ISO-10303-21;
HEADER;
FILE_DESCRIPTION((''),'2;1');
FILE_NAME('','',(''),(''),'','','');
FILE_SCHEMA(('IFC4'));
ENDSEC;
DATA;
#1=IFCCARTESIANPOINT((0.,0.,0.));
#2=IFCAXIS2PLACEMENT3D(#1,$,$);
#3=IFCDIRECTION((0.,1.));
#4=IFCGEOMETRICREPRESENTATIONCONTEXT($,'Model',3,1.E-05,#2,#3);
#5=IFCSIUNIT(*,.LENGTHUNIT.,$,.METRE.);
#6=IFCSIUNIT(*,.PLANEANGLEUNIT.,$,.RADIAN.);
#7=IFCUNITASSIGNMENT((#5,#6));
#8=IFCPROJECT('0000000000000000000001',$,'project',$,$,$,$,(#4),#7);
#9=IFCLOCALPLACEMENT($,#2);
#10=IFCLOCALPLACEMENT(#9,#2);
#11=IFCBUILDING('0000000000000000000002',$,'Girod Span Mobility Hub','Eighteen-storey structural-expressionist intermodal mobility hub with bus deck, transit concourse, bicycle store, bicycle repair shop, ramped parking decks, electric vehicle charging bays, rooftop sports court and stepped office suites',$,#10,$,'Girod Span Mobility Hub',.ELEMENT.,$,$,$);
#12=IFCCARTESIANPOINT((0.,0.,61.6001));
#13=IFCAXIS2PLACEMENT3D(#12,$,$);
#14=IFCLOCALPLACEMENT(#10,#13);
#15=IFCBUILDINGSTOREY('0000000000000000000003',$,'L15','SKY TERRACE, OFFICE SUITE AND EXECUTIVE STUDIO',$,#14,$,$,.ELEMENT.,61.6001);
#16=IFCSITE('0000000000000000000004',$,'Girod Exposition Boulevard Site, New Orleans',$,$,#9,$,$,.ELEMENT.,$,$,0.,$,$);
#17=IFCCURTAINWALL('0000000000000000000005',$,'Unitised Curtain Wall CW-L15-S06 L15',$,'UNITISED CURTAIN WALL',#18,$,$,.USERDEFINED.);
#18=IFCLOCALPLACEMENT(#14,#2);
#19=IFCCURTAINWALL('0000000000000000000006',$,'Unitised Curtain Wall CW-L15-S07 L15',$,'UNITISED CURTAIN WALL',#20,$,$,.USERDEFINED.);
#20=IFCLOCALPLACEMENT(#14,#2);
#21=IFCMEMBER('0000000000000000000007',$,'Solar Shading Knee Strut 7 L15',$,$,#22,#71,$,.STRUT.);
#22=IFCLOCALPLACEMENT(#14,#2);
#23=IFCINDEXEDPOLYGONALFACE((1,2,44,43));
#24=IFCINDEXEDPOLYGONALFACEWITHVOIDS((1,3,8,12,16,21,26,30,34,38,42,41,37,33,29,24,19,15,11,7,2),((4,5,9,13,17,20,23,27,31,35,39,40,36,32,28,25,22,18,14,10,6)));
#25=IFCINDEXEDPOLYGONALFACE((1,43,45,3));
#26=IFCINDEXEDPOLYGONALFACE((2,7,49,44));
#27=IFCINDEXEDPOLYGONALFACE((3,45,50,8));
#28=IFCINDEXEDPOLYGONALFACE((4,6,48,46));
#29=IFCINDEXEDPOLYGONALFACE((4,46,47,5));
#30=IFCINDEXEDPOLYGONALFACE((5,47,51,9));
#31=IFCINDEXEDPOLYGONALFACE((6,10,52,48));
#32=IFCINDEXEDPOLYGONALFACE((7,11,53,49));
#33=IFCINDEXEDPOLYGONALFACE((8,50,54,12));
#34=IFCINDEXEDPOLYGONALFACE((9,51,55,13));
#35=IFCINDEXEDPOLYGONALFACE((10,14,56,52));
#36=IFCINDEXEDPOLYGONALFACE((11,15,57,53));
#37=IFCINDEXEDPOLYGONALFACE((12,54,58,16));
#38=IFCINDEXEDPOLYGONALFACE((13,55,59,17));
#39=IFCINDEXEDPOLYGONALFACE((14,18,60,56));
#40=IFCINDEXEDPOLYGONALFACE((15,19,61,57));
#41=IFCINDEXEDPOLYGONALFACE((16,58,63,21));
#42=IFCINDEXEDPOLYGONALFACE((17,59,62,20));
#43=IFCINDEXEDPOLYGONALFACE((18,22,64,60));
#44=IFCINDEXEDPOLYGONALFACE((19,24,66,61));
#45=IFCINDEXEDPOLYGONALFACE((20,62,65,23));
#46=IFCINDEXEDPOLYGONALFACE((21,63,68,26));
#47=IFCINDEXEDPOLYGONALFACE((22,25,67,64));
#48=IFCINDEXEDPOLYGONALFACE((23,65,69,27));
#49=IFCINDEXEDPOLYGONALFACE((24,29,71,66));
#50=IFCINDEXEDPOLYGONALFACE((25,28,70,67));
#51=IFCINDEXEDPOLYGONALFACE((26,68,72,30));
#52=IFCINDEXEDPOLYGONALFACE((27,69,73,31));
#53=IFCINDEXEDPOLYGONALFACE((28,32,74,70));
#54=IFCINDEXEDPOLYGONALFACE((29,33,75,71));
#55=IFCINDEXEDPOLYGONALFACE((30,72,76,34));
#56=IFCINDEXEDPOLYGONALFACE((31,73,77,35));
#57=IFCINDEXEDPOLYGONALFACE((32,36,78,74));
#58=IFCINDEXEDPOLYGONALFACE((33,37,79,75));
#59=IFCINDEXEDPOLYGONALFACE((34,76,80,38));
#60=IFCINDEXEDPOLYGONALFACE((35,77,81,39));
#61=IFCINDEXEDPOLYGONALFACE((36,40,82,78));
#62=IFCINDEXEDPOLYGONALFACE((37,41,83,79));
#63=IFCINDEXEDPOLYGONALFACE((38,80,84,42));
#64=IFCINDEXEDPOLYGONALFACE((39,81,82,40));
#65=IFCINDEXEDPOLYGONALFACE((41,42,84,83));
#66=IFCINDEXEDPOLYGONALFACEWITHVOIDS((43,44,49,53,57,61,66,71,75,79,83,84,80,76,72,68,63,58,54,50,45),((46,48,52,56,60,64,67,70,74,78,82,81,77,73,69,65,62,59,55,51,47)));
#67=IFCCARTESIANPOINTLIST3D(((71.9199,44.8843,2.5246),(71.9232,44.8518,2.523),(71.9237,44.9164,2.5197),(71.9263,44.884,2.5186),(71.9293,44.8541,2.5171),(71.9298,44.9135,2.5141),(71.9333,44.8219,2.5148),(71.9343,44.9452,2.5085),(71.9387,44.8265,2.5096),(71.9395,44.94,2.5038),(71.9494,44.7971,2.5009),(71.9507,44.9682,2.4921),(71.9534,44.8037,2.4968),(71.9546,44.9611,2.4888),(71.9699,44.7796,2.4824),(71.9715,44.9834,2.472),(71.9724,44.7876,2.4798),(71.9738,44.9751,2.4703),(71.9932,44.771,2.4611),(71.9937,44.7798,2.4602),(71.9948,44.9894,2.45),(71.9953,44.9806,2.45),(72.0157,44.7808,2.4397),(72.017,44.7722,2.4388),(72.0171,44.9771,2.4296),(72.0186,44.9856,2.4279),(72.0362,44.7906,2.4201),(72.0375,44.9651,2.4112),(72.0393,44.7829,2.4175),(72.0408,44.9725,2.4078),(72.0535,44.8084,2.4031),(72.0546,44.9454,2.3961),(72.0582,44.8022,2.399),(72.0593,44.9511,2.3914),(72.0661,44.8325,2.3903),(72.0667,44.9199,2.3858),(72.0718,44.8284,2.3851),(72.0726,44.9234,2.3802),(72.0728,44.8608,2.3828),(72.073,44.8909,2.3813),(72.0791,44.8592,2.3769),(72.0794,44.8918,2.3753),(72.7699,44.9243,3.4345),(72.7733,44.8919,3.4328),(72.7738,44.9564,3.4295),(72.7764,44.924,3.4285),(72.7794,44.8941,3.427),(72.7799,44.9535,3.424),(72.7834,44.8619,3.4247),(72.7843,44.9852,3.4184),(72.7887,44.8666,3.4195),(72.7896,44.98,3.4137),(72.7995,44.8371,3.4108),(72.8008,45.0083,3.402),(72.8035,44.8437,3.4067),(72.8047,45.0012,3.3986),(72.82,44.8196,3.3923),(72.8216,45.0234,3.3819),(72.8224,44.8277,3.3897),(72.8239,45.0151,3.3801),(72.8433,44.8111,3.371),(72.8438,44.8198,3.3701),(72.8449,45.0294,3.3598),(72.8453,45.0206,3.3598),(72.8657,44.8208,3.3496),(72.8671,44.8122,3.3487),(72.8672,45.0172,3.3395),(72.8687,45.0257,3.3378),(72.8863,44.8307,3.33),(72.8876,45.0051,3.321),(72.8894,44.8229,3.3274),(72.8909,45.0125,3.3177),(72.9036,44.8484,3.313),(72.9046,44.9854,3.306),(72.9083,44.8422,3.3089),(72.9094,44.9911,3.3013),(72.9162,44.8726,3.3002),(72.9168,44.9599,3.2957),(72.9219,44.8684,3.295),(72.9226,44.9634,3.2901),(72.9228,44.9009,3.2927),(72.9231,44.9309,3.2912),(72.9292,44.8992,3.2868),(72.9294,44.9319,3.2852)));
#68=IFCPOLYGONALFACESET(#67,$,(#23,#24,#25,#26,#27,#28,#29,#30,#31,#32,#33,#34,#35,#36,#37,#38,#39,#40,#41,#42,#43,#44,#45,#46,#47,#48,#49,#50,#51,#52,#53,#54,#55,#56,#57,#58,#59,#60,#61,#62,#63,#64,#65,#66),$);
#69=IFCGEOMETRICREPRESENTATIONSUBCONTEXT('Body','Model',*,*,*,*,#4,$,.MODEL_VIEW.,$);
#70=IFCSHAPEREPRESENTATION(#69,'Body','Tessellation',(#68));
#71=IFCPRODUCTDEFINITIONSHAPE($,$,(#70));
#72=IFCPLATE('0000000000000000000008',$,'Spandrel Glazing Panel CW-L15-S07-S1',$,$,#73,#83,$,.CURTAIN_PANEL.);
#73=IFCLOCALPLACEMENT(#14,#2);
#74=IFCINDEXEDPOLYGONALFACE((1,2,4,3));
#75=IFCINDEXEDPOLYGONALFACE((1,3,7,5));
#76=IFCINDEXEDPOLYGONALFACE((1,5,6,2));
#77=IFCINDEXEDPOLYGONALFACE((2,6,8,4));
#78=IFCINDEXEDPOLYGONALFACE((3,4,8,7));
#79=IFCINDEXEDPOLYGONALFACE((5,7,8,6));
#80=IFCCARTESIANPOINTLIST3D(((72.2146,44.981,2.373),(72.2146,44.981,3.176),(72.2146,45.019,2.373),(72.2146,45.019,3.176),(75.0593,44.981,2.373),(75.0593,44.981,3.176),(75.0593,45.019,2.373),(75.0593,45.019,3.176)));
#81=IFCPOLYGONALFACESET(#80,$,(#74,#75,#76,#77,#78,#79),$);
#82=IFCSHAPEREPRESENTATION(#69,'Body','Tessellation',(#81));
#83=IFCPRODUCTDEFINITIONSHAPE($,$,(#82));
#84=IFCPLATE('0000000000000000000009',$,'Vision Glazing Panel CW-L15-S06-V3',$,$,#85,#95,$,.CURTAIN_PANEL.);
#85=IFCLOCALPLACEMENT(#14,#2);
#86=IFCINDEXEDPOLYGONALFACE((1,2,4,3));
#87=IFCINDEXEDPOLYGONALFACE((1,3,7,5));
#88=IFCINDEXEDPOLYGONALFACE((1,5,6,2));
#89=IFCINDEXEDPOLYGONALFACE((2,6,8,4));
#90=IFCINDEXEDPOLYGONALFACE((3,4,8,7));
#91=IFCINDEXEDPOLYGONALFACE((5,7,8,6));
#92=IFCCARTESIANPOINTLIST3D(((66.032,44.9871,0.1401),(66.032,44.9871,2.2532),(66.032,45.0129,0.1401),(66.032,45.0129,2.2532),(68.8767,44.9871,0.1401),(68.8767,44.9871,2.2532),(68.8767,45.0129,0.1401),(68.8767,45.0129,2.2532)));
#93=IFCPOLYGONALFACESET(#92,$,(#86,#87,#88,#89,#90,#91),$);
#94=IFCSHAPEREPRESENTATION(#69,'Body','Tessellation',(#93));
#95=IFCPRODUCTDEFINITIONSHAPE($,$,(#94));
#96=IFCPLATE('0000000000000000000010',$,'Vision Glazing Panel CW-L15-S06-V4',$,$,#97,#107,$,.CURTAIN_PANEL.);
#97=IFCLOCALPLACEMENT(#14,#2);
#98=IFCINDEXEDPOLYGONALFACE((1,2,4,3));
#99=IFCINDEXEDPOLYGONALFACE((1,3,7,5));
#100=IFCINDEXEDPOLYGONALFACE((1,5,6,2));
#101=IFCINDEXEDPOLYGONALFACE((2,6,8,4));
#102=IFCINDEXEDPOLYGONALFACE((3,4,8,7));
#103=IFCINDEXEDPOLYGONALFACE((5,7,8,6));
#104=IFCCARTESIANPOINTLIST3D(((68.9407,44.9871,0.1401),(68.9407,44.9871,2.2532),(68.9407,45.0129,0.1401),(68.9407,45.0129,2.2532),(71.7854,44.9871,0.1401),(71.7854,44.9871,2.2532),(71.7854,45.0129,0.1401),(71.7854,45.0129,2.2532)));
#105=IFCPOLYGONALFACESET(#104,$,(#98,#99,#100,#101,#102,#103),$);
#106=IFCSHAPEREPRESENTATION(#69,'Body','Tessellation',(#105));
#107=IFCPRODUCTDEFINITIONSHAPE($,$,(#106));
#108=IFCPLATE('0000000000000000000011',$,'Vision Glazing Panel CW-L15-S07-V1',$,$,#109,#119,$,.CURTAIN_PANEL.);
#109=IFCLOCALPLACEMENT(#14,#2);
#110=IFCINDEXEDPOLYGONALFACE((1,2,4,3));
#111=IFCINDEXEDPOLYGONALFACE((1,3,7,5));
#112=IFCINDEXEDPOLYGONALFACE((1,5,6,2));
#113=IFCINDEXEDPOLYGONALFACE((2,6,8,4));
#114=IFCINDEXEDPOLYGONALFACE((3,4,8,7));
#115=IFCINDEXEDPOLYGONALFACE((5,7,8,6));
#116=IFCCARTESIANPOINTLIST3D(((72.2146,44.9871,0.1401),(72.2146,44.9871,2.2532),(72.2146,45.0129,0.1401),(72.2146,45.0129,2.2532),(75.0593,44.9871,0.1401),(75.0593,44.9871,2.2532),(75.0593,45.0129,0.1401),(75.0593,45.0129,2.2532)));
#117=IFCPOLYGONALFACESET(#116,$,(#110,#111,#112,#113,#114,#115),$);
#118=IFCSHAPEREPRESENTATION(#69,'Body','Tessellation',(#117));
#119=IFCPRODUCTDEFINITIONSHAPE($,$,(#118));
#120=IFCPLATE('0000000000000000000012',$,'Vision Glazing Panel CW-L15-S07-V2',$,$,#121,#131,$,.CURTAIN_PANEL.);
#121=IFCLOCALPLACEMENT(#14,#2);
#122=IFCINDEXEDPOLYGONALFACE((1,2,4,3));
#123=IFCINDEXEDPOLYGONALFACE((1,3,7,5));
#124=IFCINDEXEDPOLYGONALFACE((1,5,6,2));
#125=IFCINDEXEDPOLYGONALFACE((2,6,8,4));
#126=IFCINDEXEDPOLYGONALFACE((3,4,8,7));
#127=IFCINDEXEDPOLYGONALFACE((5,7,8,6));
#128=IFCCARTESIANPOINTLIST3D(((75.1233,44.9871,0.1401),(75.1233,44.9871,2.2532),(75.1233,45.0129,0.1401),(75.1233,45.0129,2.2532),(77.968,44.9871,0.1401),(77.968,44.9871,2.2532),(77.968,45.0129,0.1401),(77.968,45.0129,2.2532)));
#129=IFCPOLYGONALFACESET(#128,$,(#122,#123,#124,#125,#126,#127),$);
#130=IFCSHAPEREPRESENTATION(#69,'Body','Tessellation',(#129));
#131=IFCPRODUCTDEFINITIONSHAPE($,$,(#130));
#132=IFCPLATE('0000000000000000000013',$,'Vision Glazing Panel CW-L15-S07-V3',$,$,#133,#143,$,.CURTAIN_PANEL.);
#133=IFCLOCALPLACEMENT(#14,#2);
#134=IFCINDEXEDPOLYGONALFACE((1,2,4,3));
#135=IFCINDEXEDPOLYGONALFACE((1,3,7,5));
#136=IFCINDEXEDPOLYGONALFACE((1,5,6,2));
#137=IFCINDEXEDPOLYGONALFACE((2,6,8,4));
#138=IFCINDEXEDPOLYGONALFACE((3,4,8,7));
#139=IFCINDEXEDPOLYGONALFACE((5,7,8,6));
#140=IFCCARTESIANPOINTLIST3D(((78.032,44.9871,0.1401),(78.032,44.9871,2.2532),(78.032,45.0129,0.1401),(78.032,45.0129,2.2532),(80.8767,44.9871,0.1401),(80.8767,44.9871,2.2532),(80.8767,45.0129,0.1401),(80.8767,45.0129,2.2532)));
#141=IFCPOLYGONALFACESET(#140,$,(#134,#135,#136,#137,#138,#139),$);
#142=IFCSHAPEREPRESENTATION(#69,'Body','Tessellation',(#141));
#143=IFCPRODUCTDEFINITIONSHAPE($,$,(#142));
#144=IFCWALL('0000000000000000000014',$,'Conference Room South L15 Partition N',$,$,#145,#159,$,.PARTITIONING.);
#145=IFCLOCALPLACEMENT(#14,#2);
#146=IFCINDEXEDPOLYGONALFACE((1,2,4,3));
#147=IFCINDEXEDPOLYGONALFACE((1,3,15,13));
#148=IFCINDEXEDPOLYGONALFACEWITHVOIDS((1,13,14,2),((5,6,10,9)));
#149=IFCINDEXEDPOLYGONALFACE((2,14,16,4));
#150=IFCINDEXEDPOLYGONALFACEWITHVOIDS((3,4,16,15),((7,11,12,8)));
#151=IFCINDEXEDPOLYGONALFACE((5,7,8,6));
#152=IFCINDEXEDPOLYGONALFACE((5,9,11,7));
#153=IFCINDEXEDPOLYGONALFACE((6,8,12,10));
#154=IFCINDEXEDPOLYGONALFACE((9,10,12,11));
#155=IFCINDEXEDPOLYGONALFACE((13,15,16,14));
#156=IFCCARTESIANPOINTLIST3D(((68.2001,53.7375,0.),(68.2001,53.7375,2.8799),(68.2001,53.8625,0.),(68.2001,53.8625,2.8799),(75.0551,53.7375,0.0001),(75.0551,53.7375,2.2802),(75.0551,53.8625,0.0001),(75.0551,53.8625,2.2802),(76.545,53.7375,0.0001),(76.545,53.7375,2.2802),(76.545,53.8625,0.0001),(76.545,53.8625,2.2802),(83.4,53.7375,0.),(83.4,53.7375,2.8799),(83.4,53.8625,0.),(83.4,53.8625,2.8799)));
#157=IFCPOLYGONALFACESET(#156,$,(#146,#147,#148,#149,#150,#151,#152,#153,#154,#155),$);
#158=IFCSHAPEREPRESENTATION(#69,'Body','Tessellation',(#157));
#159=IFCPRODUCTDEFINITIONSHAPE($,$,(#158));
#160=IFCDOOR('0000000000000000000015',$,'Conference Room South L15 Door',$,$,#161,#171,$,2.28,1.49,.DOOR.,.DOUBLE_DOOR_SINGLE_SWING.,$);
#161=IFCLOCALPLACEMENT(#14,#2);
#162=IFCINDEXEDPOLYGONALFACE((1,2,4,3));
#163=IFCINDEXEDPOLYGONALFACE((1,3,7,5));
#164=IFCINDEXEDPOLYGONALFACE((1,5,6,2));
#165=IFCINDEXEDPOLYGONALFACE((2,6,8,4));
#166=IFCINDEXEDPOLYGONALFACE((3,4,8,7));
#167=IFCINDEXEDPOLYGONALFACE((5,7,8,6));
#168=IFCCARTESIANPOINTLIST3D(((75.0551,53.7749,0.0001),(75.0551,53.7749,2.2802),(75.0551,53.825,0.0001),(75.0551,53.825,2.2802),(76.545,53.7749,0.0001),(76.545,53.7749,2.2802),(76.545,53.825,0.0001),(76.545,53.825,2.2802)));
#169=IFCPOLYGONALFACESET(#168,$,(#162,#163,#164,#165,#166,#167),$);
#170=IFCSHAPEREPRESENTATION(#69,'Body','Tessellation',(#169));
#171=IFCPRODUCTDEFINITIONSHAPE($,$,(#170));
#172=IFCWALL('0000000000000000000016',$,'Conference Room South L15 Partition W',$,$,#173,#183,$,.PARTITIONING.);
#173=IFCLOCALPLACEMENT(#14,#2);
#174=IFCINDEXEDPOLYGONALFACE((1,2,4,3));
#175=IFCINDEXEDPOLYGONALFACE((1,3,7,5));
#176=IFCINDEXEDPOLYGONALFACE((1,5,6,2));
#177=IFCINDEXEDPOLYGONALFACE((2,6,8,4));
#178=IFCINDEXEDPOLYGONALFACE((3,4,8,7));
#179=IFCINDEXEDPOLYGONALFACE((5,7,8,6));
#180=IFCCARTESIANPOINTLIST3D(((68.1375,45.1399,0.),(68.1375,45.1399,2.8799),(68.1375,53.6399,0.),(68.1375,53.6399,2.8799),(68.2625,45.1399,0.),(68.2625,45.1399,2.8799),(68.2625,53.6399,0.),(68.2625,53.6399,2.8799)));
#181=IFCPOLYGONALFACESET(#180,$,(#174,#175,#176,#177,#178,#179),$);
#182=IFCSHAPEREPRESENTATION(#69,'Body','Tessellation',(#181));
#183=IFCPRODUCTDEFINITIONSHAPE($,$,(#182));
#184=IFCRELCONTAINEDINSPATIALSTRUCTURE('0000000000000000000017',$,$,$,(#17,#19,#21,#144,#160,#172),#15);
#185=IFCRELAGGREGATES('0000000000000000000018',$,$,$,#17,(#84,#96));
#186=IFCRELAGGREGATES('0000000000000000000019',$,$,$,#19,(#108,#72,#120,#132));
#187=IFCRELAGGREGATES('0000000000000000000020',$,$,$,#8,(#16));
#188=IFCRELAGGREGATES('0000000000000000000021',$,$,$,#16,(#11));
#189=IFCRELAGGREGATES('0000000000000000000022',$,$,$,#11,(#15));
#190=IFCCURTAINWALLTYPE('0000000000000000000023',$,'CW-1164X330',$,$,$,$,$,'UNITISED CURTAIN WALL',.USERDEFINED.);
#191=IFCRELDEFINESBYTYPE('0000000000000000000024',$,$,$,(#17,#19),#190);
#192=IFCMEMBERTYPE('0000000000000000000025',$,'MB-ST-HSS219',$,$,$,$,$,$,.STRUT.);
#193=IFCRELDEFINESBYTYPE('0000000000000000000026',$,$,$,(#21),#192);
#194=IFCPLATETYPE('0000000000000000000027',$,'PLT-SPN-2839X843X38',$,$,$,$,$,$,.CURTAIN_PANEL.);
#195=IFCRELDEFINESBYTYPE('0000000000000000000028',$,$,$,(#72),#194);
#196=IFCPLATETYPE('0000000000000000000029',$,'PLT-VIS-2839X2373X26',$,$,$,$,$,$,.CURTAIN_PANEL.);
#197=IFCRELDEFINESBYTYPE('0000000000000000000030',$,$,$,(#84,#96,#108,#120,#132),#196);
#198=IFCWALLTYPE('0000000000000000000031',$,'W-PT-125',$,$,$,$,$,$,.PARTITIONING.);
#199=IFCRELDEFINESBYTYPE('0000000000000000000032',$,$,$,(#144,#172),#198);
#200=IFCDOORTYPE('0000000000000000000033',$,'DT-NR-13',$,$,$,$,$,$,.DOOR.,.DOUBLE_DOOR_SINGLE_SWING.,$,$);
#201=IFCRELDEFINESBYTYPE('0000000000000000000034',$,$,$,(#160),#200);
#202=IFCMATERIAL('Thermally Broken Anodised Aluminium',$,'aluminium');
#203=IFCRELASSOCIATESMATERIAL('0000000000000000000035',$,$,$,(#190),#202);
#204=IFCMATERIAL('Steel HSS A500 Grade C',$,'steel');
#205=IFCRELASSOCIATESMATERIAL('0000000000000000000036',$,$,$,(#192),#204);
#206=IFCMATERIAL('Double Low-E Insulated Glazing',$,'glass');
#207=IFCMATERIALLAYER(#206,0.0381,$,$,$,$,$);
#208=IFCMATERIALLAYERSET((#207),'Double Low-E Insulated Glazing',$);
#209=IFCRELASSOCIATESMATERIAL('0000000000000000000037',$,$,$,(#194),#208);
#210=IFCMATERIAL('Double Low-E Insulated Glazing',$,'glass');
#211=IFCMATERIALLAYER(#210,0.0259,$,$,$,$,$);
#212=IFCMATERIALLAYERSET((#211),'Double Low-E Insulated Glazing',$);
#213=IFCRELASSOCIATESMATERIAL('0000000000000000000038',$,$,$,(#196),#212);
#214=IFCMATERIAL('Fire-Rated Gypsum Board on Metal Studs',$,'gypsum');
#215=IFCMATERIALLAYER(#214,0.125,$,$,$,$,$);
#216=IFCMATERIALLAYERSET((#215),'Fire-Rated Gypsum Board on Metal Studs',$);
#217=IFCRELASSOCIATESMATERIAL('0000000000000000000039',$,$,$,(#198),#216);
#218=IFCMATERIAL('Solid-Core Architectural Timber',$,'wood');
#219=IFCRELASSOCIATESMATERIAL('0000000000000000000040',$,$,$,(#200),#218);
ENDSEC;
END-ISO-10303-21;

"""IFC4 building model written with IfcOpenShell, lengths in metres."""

from ifc_helpers import new_model, si_unit, direction, frame, frame_2d, origin, origin_2d, place, context, subcontext, project, spatial, rectangle, hollow_circle, extrude, material, layer, layer_set, material_profile, profile_set, type_object, element, fill, aggregate, save


model = new_model("IFC4")

# Units and contexts
model_context = context("Model", 3, precision=1e-05, world=origin(), true_north=direction((0.0, 1.0)))
body_context = subcontext(model_context, "Body", "Model", "MODEL_VIEW")
ifc_project = project(units=[si_unit("LENGTHUNIT", "METRE"), si_unit("PLANEANGLEUNIT", "RADIAN")], contexts=[model_context])

# Site, building, storey
site_placement = place(None, origin())
site = spatial("IfcSite", under=ifc_project, at=site_placement, Name="Girod Exposition Boulevard Site, New Orleans", CompositionType="ELEMENT", RefElevation=0.0)
building_placement = place(site_placement, origin())
building = spatial("IfcBuilding", under=site, at=building_placement, Name="Girod Span Mobility Hub", Description="Eighteen-storey structural-expressionist intermodal mobility hub with bus deck, transit concourse, bicycle store, bicycle repair shop, ramped parking decks, electric vehicle charging bays, rooftop sports court and stepped office suites", LongName="Girod Span Mobility Hub", CompositionType="ELEMENT")
storey_placement = place(building_placement, frame((0.0, 0.0, 61.6001)))
storey = spatial("IfcBuildingStorey", under=building, at=storey_placement, Name="L15", Description="SKY TERRACE, OFFICE SUITE AND EXECUTIVE STUDIO", CompositionType="ELEMENT", Elevation=61.6001)

# Curtain walls
ifc_material_1 = material(Name="Thermally Broken Anodised Aluminium", Category="aluminium")
curtain_wall_type = type_object("IfcCurtainWallType", Name="CW-1164X330", ElementType="UNITISED CURTAIN WALL", PredefinedType="USERDEFINED", material=ifc_material_1)
curtain_wall_1_placement = place(storey_placement, origin())
curtain_wall_1 = element("IfcCurtainWall", 1, at=curtain_wall_1_placement, inside=storey, type_object=curtain_wall_type, Name="Unitised Curtain Wall CW-L15-S06 L15", ObjectType="UNITISED CURTAIN WALL", PredefinedType="USERDEFINED")
curtain_wall_2_placement = place(storey_placement, origin())
curtain_wall_2 = element("IfcCurtainWall", 2, at=curtain_wall_2_placement, inside=storey, type_object=curtain_wall_type, Name="Unitised Curtain Wall CW-L15-S07 L15", ObjectType="UNITISED CURTAIN WALL", PredefinedType="USERDEFINED")

# Member
ifc_material_2 = material(Name="Steel HSS A500 Grade C", Category="steel")
ifc_material_profile_1 = material_profile(ifc_material_2, hollow_circle(Radius=0.1096, WallThickness=0.0088, at=origin_2d()), Name="HSS219X9.5")
ifc_profile_set_1 = profile_set([ifc_material_profile_1], Name="Steel HSS A500 Grade C")
member_type_1 = type_object("IfcMemberType", Name="MB-ST-HSS219", PredefinedType="STRUT", material=ifc_profile_set_1)
member_1_placement = place(storey_placement, frame((72.0, 44.8799, 2.45), z_axis=(0.682329, 0.032137, 0.730339), x_axis=(-0.047047, 0.998893, 0.0)))
element("IfcMember", 3, at=member_1_placement, inside=storey, type_object=member_type_1, Name="Solar Shading Knee Strut 7 L15", PredefinedType="STRUT", context=body_context, shape_type="SweptSolid", body=[
    extrude(hollow_circle(Radius=0.1096, WallThickness=0.0088, at=origin_2d()), origin(), (0.0, 0.0, 1.0), 1.2458),
])

# Plates
ifc_material_3 = material(Name="Double Low-E Insulated Glazing", Category="glass")
ifc_layer_1 = layer(ifc_material_3, 0.0381)
ifc_layer_set_1 = layer_set([ifc_layer_1], Name="Double Low-E Insulated Glazing")
plate_type_1 = type_object("IfcPlateType", Name="PLT-SPN-2839X843X38", PredefinedType="CURTAIN_PANEL", material=ifc_layer_set_1)
plate_1_placement = place(storey_placement, frame((73.637, 45.0, 2.373), z_axis=(0.0, 0.0, 1.0), x_axis=(1.0, 0.0, 0.0)))
plate_1 = element("IfcPlate", 4, at=plate_1_placement, type_object=plate_type_1, Name="Spandrel Glazing Panel CW-L15-S07-S1", PredefinedType="CURTAIN_PANEL", context=body_context, shape_type="SweptSolid", body=[
    extrude(rectangle(XDim=2.8447, YDim=0.0381, at=origin_2d()), origin(), (0.0, 0.0, 1.0), 0.803),
])
ifc_material_4 = material(Name="Double Low-E Insulated Glazing", Category="glass")
ifc_layer_2 = layer(ifc_material_4, 0.0259)
ifc_layer_set_2 = layer_set([ifc_layer_2], Name="Double Low-E Insulated Glazing")
plate_type_2 = type_object("IfcPlateType", Name="PLT-VIS-2839X2373X26", PredefinedType="CURTAIN_PANEL", material=ifc_layer_set_2)
plate_2_placement = place(storey_placement, frame((67.4543, 45.0, 0.1401), z_axis=(0.0, 0.0, 1.0), x_axis=(1.0, 0.0, 0.0)))
plate_2 = element("IfcPlate", 5, at=plate_2_placement, type_object=plate_type_2, Name="Vision Glazing Panel CW-L15-S06-V3", PredefinedType="CURTAIN_PANEL", context=body_context, shape_type="SweptSolid", body=[
    extrude(rectangle(XDim=2.8447, YDim=0.0259, at=origin_2d()), origin(), (0.0, 0.0, 1.0), 2.113),
])
plate_3_placement = place(storey_placement, frame((70.363, 45.0, 0.1401), z_axis=(0.0, 0.0, 1.0), x_axis=(1.0, 0.0, 0.0)))
plate_3 = element("IfcPlate", 6, at=plate_3_placement, type_object=plate_type_2, Name="Vision Glazing Panel CW-L15-S06-V4", PredefinedType="CURTAIN_PANEL", context=body_context, shape_type="SweptSolid", body=[
    extrude(rectangle(XDim=2.8447, YDim=0.0259, at=origin_2d()), origin(), (0.0, 0.0, 1.0), 2.113),
])
aggregate(curtain_wall_1, [plate_2, plate_3])
plate_4_placement = place(storey_placement, frame((73.637, 45.0, 0.1401), z_axis=(0.0, 0.0, 1.0), x_axis=(1.0, 0.0, 0.0)))
plate_4 = element("IfcPlate", 7, at=plate_4_placement, type_object=plate_type_2, Name="Vision Glazing Panel CW-L15-S07-V1", PredefinedType="CURTAIN_PANEL", context=body_context, shape_type="SweptSolid", body=[
    extrude(rectangle(XDim=2.8447, YDim=0.0259, at=origin_2d()), origin(), (0.0, 0.0, 1.0), 2.113),
])
plate_5_placement = place(storey_placement, frame((76.5457, 45.0, 0.1401), z_axis=(0.0, 0.0, 1.0), x_axis=(1.0, 0.0, 0.0)))
plate_5 = element("IfcPlate", 8, at=plate_5_placement, type_object=plate_type_2, Name="Vision Glazing Panel CW-L15-S07-V2", PredefinedType="CURTAIN_PANEL", context=body_context, shape_type="SweptSolid", body=[
    extrude(rectangle(XDim=2.8447, YDim=0.0259, at=origin_2d()), origin(), (0.0, 0.0, 1.0), 2.113),
])
plate_6_placement = place(storey_placement, frame((79.4543, 45.0, 0.1401), z_axis=(0.0, 0.0, 1.0), x_axis=(1.0, 0.0, 0.0)))
plate_6 = element("IfcPlate", 9, at=plate_6_placement, type_object=plate_type_2, Name="Vision Glazing Panel CW-L15-S07-V3", PredefinedType="CURTAIN_PANEL", context=body_context, shape_type="SweptSolid", body=[
    extrude(rectangle(XDim=2.8447, YDim=0.0259, at=origin_2d()), origin(), (0.0, 0.0, 1.0), 2.113),
])
aggregate(curtain_wall_2, [plate_4, plate_1, plate_5, plate_6])

# Wall, opening, door
ifc_material_5 = material(Name="Fire-Rated Gypsum Board on Metal Studs", Category="gypsum")
ifc_layer_3 = layer(ifc_material_5, 0.125)
ifc_layer_set_3 = layer_set([ifc_layer_3], Name="Fire-Rated Gypsum Board on Metal Studs")
wall_type_1 = type_object("IfcWallType", Name="W-PT-125", PredefinedType="PARTITIONING", material=ifc_layer_set_3)
wall_1_placement = place(storey_placement, frame((68.2, 53.8, 0.0), z_axis=(0.0, 0.0, 1.0), x_axis=(1.0, 0.0, 0.0)))
wall_1 = element("IfcWall", 10, at=wall_1_placement, inside=storey, type_object=wall_type_1, Name="Conference Room South L15 Partition N", PredefinedType="PARTITIONING", context=body_context, shape_type="SweptSolid", body=[
    extrude(rectangle(XDim=15.2, YDim=0.125, at=frame_2d((7.6001, 0.0))), origin(), (0.0, 0.0, 1.0), 2.8799),
])
opening_placement = place(wall_1_placement, frame((6.855, 0.0, 0.0)))
opening = element("IfcOpeningElement", 11, at=opening_placement, cuts=wall_1, PredefinedType="OPENING", context=body_context, shape_type="SweptSolid", body=[
    extrude(rectangle(XDim=1.49, YDim=2.28, at=frame_2d((0.7451, 1.1401))), frame((0.0, 0.0774, 0.0), z_axis=(0.0, -1.0, 0.0), x_axis=(1.0, 0.0, 0.0)), (0.0, 0.0, 1.0), 0.155),
])
ifc_material_6 = material(Name="Solid-Core Architectural Timber", Category="wood")
door_type = type_object("IfcDoorType", Name="DT-NR-13", OperationType="DOUBLE_DOOR_SINGLE_SWING", PredefinedType="DOOR", material=ifc_material_6)
door_placement = place(opening_placement, origin())
door = element("IfcDoor", 12, at=door_placement, inside=storey, type_object=door_type, Name="Conference Room South L15 Door", OperationType="DOUBLE_DOOR_SINGLE_SWING", OverallHeight=2.28, OverallWidth=1.49, PredefinedType="DOOR", context=body_context, shape_type="SweptSolid", body=[
    extrude(rectangle(XDim=1.49, YDim=2.28, at=frame_2d((0.7451, 1.1401))), frame((0.0, 0.0249, 0.0), z_axis=(0.0, -1.0, 0.0), x_axis=(1.0, 0.0, 0.0)), (0.0, 0.0, 1.0), 0.05),
])
fill(opening, door)

# Wall
wall_2_placement = place(storey_placement, frame((68.2, 45.1399, 0.0), z_axis=(0.0, 0.0, 1.0), x_axis=(0.0, 1.0, 0.0)))
element("IfcWall", 13, at=wall_2_placement, inside=storey, type_object=wall_type_1, Name="Conference Room South L15 Partition W", PredefinedType="PARTITIONING", context=body_context, shape_type="SweptSolid", body=[
    extrude(rectangle(XDim=8.5, YDim=0.125, at=frame_2d((4.25, 0.0))), origin(), (0.0, 0.0, 1.0), 2.8799),
])

save(model, "model.ifc")
